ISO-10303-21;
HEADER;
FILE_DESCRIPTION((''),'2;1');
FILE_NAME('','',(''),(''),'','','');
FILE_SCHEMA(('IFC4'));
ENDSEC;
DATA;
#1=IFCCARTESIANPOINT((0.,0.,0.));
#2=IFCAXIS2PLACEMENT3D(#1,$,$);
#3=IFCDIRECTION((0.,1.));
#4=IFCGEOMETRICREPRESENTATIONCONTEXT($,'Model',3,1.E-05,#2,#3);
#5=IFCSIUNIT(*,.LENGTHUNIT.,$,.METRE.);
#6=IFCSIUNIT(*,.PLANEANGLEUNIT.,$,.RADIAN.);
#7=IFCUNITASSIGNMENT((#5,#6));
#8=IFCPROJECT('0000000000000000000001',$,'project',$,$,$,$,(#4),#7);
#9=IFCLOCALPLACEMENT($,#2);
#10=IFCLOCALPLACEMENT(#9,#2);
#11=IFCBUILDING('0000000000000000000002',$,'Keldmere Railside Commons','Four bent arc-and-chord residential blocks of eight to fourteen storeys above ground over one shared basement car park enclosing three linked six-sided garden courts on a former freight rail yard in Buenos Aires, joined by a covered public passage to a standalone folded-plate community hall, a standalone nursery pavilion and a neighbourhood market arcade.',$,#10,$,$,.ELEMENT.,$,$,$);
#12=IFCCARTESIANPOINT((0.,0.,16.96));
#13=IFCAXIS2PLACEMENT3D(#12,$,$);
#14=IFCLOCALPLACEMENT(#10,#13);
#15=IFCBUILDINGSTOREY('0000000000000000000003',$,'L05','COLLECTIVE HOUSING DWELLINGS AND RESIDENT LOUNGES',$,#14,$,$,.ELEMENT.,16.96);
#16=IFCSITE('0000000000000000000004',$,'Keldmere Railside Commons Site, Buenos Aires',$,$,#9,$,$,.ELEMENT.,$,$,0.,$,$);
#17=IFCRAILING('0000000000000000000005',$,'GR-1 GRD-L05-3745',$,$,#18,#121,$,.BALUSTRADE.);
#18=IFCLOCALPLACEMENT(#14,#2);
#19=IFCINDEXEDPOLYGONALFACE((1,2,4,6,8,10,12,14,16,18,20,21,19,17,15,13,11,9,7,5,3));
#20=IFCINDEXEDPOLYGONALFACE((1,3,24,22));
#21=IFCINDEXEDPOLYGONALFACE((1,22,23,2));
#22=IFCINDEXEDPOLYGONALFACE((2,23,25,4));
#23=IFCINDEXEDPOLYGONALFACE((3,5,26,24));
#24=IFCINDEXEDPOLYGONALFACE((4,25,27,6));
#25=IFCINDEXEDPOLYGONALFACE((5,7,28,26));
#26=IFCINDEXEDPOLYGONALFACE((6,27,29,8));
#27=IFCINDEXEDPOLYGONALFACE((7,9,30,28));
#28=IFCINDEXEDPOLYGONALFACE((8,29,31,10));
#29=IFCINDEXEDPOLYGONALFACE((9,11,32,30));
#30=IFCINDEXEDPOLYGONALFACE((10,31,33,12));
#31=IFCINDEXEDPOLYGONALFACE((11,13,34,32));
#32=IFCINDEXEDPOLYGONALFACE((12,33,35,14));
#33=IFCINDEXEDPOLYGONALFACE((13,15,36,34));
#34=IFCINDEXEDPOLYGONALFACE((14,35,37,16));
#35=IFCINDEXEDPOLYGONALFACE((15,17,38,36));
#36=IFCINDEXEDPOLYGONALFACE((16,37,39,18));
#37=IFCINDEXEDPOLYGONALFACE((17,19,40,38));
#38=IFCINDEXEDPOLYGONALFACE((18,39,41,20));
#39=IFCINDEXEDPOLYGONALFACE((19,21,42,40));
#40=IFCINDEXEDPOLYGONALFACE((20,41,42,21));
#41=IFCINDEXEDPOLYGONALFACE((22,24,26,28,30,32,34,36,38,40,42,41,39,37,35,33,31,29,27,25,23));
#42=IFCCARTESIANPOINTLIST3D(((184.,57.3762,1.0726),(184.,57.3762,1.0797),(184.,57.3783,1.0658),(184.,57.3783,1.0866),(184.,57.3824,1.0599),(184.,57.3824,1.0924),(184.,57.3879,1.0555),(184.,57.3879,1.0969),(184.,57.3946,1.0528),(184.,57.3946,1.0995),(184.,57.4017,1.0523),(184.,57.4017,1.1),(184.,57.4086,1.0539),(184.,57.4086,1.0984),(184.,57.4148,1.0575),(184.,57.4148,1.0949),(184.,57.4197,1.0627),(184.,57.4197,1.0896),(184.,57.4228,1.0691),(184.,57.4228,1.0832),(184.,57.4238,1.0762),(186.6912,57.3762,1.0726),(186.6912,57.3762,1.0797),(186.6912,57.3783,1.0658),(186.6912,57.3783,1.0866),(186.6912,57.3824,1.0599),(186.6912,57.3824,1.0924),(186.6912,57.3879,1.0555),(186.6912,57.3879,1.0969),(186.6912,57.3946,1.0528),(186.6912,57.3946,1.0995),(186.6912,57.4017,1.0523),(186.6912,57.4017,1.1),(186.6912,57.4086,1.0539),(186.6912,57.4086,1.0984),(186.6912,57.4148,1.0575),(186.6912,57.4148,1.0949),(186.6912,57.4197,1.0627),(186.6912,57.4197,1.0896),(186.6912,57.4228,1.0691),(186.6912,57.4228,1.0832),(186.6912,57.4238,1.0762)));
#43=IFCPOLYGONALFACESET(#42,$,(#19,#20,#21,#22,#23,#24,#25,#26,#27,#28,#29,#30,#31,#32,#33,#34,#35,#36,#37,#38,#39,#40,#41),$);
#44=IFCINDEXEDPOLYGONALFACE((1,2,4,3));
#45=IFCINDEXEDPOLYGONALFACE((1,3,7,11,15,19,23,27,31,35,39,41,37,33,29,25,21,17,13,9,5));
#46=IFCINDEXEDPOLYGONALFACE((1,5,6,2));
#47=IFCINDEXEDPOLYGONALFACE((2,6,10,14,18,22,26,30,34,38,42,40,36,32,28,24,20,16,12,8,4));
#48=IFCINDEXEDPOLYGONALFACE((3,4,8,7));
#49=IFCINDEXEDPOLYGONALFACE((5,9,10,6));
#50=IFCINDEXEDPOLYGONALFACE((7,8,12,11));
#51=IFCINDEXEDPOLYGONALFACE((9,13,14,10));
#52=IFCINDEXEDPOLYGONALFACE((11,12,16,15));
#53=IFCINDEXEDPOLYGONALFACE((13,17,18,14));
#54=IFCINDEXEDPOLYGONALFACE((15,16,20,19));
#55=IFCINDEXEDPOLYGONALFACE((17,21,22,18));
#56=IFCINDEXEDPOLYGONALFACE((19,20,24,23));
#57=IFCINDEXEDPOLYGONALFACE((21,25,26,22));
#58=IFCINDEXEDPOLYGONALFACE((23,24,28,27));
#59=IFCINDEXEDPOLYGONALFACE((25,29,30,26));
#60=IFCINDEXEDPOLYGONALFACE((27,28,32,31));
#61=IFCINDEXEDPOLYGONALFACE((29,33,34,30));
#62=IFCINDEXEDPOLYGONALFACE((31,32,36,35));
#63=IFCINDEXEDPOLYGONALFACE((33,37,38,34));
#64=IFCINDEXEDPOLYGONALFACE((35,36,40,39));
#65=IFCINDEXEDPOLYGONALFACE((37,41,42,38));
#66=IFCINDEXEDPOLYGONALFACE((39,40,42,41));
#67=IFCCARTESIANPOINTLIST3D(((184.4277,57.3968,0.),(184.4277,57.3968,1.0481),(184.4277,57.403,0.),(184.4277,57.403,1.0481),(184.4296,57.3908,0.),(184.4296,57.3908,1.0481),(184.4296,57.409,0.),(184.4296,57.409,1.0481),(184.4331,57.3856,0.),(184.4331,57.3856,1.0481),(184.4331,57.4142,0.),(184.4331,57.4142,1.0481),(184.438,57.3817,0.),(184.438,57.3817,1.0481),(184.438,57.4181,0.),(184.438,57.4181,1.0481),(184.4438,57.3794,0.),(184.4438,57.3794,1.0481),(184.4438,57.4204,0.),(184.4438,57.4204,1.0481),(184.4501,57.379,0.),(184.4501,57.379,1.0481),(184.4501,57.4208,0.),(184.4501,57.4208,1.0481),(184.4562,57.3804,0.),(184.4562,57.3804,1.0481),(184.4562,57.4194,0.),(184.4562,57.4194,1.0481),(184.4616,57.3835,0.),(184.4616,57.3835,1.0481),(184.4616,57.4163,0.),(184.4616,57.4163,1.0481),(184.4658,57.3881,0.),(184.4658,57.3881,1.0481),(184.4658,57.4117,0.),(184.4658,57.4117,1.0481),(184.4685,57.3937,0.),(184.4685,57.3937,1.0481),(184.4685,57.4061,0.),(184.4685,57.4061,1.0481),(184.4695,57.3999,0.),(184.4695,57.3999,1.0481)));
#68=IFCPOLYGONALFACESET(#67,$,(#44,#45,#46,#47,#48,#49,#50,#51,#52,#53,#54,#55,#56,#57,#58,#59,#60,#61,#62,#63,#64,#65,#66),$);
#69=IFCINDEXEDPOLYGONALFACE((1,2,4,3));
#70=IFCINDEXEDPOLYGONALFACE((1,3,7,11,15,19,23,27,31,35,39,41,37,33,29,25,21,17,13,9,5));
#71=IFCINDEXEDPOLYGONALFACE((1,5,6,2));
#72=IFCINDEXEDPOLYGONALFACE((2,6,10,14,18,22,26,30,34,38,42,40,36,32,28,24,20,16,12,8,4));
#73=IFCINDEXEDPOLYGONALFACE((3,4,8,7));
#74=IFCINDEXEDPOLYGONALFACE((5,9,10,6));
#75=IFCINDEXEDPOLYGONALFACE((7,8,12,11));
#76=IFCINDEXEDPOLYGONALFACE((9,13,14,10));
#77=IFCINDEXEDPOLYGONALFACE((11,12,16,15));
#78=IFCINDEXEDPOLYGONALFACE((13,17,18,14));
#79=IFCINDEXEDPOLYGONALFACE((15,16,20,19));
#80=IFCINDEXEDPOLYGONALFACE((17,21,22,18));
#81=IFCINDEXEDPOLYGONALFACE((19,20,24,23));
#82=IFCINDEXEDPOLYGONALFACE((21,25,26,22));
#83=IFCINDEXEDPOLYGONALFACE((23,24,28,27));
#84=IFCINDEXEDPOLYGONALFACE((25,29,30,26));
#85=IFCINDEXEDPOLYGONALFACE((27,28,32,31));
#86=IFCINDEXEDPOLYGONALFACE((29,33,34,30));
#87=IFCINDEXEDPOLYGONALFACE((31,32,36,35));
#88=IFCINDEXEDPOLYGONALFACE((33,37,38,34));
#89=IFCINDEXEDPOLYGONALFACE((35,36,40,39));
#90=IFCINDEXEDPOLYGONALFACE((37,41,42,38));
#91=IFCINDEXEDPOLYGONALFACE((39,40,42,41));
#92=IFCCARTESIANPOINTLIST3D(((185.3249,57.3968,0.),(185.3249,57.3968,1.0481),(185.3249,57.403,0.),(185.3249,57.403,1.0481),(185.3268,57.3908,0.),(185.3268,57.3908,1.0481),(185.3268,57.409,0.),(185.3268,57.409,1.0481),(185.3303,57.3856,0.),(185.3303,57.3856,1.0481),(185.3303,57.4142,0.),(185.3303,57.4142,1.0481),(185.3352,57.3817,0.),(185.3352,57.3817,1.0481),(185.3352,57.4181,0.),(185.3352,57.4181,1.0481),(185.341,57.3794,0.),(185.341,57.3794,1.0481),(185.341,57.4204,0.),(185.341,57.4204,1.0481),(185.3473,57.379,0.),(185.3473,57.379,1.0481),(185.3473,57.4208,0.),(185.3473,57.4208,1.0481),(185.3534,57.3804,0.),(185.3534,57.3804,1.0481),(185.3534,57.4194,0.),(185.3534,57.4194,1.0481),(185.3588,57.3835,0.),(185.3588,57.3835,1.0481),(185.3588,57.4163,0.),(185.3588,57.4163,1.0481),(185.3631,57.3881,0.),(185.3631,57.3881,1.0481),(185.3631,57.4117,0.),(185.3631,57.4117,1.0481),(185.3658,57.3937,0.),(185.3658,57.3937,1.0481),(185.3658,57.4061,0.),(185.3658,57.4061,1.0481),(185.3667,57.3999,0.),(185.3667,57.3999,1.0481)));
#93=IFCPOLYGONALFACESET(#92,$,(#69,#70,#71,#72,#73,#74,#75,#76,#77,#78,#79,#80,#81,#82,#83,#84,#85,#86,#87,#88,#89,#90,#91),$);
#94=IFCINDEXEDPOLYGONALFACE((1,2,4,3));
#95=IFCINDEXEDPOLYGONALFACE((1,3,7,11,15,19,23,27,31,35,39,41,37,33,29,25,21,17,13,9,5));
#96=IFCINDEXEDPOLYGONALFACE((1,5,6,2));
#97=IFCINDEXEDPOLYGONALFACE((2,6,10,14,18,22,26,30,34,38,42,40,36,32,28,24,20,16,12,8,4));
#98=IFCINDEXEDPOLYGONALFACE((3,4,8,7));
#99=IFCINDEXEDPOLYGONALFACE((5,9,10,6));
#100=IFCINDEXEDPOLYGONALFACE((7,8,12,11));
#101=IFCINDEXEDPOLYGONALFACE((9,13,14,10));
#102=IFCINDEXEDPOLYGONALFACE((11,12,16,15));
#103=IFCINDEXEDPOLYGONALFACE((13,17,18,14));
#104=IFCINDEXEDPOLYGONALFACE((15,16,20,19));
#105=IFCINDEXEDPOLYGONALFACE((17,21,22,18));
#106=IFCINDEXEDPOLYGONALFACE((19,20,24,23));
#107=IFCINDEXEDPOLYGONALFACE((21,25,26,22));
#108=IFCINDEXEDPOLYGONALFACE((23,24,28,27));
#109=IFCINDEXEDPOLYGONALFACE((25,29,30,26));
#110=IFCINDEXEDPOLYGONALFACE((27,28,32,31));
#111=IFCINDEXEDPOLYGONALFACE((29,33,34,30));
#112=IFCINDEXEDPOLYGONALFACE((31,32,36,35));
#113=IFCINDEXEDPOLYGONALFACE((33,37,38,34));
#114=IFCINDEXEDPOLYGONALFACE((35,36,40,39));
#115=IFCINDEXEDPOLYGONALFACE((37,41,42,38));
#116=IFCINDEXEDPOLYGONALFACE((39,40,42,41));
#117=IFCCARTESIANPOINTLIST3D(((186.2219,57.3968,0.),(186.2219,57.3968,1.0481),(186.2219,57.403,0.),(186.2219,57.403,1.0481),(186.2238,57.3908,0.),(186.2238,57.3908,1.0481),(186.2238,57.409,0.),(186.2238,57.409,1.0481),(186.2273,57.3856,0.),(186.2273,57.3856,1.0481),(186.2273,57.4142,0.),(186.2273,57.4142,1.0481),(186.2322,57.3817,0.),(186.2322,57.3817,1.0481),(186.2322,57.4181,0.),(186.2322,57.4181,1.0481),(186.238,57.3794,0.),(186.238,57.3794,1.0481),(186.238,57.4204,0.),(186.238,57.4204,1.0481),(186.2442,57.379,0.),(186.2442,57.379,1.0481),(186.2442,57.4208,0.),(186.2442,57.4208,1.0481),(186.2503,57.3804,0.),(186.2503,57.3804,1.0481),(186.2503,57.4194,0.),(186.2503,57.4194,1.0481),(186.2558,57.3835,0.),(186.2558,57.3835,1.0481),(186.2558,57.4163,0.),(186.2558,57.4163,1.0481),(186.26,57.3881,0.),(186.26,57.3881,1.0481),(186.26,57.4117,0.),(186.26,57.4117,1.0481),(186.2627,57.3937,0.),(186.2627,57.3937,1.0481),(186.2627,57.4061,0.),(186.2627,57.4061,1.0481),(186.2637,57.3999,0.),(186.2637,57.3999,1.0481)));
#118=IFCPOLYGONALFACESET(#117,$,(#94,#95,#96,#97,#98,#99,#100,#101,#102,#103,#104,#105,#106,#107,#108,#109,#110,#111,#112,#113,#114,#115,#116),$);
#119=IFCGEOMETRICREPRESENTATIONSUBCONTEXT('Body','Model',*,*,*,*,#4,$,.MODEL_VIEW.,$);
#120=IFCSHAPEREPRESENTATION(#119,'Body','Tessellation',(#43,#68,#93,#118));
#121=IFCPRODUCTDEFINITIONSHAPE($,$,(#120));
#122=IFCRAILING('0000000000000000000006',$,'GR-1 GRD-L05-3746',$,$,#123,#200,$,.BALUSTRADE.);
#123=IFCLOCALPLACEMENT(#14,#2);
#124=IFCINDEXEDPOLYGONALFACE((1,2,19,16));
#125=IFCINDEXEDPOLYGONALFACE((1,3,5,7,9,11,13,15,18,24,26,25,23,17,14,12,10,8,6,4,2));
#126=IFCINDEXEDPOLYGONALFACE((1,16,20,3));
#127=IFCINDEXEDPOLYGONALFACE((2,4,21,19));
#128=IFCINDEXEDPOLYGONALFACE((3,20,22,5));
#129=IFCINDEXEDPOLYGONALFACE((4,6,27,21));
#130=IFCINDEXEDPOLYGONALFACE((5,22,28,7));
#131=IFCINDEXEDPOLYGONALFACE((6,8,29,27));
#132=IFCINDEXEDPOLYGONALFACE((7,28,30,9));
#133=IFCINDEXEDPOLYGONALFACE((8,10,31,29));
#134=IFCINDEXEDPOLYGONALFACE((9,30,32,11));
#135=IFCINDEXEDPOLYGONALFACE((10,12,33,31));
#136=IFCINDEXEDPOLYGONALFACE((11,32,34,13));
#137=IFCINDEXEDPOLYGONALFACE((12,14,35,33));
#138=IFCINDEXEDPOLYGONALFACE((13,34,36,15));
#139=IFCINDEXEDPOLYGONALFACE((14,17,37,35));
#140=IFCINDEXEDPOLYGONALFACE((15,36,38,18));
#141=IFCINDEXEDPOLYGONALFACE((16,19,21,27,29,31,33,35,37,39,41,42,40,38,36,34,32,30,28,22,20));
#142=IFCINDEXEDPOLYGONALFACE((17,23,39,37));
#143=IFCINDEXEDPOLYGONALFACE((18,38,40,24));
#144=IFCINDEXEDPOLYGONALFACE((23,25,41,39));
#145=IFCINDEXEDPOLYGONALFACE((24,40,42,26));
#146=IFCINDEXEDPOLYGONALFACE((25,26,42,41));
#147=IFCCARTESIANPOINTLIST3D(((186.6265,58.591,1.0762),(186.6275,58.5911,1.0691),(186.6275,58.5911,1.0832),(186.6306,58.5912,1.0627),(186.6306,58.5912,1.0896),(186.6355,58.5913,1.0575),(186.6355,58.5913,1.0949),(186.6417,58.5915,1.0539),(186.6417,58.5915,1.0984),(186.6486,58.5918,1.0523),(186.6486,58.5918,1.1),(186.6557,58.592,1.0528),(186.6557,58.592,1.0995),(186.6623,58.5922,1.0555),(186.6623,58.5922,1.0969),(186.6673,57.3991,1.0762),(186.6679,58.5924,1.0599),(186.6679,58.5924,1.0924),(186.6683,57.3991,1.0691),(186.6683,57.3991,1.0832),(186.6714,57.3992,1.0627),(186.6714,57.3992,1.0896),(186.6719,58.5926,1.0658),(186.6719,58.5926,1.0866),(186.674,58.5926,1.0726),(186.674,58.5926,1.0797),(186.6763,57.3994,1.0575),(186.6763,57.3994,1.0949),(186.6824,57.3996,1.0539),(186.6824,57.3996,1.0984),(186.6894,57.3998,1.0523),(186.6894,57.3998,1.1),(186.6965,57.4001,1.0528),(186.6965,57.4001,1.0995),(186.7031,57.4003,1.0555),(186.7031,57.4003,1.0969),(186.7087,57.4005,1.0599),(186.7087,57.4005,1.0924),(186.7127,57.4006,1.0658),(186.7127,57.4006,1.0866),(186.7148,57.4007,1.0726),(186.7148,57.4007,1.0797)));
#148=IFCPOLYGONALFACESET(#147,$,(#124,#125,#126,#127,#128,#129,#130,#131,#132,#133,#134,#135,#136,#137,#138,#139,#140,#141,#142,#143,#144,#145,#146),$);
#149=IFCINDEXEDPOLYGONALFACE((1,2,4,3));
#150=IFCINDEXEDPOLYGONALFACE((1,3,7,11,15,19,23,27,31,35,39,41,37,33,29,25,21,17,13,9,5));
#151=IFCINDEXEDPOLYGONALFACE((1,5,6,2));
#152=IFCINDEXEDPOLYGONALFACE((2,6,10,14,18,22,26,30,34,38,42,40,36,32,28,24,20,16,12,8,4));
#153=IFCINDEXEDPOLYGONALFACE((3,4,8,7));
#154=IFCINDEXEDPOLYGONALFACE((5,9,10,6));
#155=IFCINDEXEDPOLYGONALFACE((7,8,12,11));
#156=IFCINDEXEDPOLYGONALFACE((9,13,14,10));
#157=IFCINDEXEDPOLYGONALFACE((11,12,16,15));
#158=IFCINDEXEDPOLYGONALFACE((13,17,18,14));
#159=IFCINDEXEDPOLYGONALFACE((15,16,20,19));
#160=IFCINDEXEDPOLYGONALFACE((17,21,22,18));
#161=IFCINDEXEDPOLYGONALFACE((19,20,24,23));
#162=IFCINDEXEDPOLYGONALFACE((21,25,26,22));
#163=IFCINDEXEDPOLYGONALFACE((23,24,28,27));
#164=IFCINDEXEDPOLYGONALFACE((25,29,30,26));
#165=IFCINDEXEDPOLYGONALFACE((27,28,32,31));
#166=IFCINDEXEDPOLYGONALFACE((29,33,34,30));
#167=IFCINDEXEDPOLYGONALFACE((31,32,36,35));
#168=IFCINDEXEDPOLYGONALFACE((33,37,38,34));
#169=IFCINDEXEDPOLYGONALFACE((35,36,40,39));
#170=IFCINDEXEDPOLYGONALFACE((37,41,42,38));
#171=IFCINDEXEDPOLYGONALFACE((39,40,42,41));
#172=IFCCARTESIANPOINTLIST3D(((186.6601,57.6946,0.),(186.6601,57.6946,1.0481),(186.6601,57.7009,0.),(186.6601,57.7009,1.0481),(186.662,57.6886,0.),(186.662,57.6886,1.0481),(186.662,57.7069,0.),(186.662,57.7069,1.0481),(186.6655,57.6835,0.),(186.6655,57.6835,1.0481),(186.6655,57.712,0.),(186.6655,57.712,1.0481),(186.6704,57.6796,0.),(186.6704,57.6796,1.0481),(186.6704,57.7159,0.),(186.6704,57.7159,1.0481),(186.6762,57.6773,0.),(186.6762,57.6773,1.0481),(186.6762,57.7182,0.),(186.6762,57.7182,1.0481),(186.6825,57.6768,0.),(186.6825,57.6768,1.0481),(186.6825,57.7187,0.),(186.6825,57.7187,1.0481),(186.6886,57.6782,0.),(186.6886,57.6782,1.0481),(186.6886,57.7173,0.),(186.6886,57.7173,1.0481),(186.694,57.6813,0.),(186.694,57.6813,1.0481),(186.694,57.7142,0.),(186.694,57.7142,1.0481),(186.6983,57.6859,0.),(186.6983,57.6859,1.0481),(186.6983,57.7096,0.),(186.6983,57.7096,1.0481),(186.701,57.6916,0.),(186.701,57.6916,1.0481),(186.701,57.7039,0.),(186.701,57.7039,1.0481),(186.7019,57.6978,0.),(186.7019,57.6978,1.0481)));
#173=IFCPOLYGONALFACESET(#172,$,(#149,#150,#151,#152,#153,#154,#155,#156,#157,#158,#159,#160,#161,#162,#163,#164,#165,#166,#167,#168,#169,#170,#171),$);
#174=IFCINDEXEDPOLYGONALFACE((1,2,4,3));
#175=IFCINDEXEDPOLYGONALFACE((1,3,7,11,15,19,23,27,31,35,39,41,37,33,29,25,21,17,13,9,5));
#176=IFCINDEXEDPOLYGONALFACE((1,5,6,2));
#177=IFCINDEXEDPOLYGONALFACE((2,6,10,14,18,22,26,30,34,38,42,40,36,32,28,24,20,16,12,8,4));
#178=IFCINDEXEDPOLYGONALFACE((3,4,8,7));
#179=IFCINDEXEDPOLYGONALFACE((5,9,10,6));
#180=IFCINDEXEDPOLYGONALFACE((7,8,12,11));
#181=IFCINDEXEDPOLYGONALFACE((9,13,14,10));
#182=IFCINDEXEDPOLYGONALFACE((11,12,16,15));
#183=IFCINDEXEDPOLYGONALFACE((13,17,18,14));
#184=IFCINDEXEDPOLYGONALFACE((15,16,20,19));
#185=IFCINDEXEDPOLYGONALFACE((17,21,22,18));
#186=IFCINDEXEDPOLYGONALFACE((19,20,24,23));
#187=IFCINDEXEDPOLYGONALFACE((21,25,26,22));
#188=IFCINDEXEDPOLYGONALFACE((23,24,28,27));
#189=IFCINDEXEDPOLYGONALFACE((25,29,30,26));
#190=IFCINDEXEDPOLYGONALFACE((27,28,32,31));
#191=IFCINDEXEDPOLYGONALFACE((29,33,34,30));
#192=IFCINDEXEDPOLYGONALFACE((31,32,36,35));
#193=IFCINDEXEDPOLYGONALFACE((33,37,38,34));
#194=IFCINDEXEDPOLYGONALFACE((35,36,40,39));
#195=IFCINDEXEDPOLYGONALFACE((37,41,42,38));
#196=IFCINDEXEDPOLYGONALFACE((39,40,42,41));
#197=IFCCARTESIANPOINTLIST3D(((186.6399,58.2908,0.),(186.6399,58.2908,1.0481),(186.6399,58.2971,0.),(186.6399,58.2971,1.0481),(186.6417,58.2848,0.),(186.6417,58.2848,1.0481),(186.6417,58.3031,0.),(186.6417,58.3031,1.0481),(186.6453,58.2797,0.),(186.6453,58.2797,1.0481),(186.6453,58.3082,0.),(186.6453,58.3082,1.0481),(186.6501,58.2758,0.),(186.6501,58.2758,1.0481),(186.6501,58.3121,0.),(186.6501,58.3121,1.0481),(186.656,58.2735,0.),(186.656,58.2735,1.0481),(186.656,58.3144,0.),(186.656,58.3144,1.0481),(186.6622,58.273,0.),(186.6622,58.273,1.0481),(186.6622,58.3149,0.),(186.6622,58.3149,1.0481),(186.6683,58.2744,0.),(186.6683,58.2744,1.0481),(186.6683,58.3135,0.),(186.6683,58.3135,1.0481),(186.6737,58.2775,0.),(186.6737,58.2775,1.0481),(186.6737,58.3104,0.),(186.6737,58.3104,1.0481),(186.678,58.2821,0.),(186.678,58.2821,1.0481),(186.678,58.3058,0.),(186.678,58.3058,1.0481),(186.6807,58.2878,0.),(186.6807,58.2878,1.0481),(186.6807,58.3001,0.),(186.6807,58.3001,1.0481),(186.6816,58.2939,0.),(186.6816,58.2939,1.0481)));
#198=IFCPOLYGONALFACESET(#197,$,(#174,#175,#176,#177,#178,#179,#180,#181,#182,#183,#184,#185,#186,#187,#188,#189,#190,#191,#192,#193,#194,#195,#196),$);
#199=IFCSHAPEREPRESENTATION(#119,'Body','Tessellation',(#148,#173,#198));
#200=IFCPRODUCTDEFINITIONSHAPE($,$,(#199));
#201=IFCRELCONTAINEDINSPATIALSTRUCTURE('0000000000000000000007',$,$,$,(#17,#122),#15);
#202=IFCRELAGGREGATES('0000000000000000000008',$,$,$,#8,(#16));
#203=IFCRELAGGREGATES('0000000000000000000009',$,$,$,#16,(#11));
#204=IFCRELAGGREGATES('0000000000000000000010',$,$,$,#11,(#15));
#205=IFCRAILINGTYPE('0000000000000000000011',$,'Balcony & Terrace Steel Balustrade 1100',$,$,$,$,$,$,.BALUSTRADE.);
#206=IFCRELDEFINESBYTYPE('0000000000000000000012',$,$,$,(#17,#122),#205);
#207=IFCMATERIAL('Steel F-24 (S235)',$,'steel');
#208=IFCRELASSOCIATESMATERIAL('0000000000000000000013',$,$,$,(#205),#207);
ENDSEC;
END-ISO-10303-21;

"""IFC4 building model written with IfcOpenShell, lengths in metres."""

from ifc_helpers import new_model, si_unit, direction, frame, origin, origin_2d, place, context, subcontext, project, spatial, circle, extrude, material, type_object, element, save


model = new_model("IFC4")

# Units and contexts
model_context = context("Model", 3, precision=1e-05, world=origin(), true_north=direction((0.0, 1.0)))
body_context = subcontext(model_context, "Body", "Model", "MODEL_VIEW")
ifc_project = project(units=[si_unit("LENGTHUNIT", "METRE"), si_unit("PLANEANGLEUNIT", "RADIAN")], contexts=[model_context])

# Site, building, storey
site_placement = place(None, origin())
site = spatial("IfcSite", under=ifc_project, at=site_placement, Name="Keldmere Railside Commons Site, Buenos Aires", CompositionType="ELEMENT", RefElevation=0.0)
building_placement = place(site_placement, origin())
building = spatial("IfcBuilding", under=site, at=building_placement, Name="Keldmere Railside Commons", Description="Four bent arc-and-chord residential blocks of eight to fourteen storeys above ground over one shared basement car park enclosing three linked six-sided garden courts on a former freight rail yard in Buenos Aires, joined by a covered public passage to a standalone folded-plate community hall, a standalone nursery pavilion and a neighbourhood market arcade.", CompositionType="ELEMENT")
storey_placement = place(building_placement, frame((0.0, 0.0, 16.96)))
storey = spatial("IfcBuildingStorey", under=building, at=storey_placement, Name="L05", Description="COLLECTIVE HOUSING DWELLINGS AND RESIDENT LOUNGES", CompositionType="ELEMENT", Elevation=16.96)

# Railings
ifc_material_1 = material(Name="Steel F-24 (S235)", Category="steel")
railing_type = type_object("IfcRailingType", Name="Balcony & Terrace Steel Balustrade 1100", PredefinedType="BALUSTRADE", material=ifc_material_1)
railing_1_placement = place(storey_placement, frame((184.0, 57.3999, 0.0)))
element("IfcRailing", 1, at=railing_1_placement, inside=storey, type_object=railing_type, Name="GR-1 GRD-L05-3745", PredefinedType="BALUSTRADE", context=body_context, shape_type="SweptSolid", body=[
    extrude(circle(Radius=0.0239, at=origin_2d()), frame((0.0, 0.0, 1.0762), z_axis=(1.0, 0.0, 0.0), x_axis=(0.0, 1.0, 0.0)), (0.0, 0.0, 1.0), 2.6912),
    extrude(circle(Radius=0.021, at=origin_2d()), frame((0.4485, 0.0, 0.0)), (0.0, 0.0, 1.0), 1.0481),
    extrude(circle(Radius=0.021, at=origin_2d()), frame((1.3457, 0.0, 0.0)), (0.0, 0.0, 1.0), 1.0481),
    extrude(circle(Radius=0.021, at=origin_2d()), frame((2.2427, 0.0, 0.0)), (0.0, 0.0, 1.0), 1.0481),
])
railing_2_placement = place(storey_placement, frame((186.6912, 57.3999, 0.0)))
element("IfcRailing", 2, at=railing_2_placement, inside=storey, type_object=railing_type, Name="GR-1 GRD-L05-3746", PredefinedType="BALUSTRADE", context=body_context, shape_type="SweptSolid", body=[
    extrude(circle(Radius=0.0239, at=origin_2d()), frame((0.0, 0.0, 1.0762), z_axis=(-0.034187, 0.999415, 0.0), x_axis=(-0.999415, -0.034187, 0.0)), (0.0, 0.0, 1.0), 1.1926),
    extrude(circle(Radius=0.021, at=origin_2d()), frame((-0.0103, 0.2979, 0.0)), (0.0, 0.0, 1.0), 1.0481),
    extrude(circle(Radius=0.021, at=origin_2d()), frame((-0.0305, 0.894, 0.0)), (0.0, 0.0, 1.0), 1.0481),
])

save(model, "model.ifc")
